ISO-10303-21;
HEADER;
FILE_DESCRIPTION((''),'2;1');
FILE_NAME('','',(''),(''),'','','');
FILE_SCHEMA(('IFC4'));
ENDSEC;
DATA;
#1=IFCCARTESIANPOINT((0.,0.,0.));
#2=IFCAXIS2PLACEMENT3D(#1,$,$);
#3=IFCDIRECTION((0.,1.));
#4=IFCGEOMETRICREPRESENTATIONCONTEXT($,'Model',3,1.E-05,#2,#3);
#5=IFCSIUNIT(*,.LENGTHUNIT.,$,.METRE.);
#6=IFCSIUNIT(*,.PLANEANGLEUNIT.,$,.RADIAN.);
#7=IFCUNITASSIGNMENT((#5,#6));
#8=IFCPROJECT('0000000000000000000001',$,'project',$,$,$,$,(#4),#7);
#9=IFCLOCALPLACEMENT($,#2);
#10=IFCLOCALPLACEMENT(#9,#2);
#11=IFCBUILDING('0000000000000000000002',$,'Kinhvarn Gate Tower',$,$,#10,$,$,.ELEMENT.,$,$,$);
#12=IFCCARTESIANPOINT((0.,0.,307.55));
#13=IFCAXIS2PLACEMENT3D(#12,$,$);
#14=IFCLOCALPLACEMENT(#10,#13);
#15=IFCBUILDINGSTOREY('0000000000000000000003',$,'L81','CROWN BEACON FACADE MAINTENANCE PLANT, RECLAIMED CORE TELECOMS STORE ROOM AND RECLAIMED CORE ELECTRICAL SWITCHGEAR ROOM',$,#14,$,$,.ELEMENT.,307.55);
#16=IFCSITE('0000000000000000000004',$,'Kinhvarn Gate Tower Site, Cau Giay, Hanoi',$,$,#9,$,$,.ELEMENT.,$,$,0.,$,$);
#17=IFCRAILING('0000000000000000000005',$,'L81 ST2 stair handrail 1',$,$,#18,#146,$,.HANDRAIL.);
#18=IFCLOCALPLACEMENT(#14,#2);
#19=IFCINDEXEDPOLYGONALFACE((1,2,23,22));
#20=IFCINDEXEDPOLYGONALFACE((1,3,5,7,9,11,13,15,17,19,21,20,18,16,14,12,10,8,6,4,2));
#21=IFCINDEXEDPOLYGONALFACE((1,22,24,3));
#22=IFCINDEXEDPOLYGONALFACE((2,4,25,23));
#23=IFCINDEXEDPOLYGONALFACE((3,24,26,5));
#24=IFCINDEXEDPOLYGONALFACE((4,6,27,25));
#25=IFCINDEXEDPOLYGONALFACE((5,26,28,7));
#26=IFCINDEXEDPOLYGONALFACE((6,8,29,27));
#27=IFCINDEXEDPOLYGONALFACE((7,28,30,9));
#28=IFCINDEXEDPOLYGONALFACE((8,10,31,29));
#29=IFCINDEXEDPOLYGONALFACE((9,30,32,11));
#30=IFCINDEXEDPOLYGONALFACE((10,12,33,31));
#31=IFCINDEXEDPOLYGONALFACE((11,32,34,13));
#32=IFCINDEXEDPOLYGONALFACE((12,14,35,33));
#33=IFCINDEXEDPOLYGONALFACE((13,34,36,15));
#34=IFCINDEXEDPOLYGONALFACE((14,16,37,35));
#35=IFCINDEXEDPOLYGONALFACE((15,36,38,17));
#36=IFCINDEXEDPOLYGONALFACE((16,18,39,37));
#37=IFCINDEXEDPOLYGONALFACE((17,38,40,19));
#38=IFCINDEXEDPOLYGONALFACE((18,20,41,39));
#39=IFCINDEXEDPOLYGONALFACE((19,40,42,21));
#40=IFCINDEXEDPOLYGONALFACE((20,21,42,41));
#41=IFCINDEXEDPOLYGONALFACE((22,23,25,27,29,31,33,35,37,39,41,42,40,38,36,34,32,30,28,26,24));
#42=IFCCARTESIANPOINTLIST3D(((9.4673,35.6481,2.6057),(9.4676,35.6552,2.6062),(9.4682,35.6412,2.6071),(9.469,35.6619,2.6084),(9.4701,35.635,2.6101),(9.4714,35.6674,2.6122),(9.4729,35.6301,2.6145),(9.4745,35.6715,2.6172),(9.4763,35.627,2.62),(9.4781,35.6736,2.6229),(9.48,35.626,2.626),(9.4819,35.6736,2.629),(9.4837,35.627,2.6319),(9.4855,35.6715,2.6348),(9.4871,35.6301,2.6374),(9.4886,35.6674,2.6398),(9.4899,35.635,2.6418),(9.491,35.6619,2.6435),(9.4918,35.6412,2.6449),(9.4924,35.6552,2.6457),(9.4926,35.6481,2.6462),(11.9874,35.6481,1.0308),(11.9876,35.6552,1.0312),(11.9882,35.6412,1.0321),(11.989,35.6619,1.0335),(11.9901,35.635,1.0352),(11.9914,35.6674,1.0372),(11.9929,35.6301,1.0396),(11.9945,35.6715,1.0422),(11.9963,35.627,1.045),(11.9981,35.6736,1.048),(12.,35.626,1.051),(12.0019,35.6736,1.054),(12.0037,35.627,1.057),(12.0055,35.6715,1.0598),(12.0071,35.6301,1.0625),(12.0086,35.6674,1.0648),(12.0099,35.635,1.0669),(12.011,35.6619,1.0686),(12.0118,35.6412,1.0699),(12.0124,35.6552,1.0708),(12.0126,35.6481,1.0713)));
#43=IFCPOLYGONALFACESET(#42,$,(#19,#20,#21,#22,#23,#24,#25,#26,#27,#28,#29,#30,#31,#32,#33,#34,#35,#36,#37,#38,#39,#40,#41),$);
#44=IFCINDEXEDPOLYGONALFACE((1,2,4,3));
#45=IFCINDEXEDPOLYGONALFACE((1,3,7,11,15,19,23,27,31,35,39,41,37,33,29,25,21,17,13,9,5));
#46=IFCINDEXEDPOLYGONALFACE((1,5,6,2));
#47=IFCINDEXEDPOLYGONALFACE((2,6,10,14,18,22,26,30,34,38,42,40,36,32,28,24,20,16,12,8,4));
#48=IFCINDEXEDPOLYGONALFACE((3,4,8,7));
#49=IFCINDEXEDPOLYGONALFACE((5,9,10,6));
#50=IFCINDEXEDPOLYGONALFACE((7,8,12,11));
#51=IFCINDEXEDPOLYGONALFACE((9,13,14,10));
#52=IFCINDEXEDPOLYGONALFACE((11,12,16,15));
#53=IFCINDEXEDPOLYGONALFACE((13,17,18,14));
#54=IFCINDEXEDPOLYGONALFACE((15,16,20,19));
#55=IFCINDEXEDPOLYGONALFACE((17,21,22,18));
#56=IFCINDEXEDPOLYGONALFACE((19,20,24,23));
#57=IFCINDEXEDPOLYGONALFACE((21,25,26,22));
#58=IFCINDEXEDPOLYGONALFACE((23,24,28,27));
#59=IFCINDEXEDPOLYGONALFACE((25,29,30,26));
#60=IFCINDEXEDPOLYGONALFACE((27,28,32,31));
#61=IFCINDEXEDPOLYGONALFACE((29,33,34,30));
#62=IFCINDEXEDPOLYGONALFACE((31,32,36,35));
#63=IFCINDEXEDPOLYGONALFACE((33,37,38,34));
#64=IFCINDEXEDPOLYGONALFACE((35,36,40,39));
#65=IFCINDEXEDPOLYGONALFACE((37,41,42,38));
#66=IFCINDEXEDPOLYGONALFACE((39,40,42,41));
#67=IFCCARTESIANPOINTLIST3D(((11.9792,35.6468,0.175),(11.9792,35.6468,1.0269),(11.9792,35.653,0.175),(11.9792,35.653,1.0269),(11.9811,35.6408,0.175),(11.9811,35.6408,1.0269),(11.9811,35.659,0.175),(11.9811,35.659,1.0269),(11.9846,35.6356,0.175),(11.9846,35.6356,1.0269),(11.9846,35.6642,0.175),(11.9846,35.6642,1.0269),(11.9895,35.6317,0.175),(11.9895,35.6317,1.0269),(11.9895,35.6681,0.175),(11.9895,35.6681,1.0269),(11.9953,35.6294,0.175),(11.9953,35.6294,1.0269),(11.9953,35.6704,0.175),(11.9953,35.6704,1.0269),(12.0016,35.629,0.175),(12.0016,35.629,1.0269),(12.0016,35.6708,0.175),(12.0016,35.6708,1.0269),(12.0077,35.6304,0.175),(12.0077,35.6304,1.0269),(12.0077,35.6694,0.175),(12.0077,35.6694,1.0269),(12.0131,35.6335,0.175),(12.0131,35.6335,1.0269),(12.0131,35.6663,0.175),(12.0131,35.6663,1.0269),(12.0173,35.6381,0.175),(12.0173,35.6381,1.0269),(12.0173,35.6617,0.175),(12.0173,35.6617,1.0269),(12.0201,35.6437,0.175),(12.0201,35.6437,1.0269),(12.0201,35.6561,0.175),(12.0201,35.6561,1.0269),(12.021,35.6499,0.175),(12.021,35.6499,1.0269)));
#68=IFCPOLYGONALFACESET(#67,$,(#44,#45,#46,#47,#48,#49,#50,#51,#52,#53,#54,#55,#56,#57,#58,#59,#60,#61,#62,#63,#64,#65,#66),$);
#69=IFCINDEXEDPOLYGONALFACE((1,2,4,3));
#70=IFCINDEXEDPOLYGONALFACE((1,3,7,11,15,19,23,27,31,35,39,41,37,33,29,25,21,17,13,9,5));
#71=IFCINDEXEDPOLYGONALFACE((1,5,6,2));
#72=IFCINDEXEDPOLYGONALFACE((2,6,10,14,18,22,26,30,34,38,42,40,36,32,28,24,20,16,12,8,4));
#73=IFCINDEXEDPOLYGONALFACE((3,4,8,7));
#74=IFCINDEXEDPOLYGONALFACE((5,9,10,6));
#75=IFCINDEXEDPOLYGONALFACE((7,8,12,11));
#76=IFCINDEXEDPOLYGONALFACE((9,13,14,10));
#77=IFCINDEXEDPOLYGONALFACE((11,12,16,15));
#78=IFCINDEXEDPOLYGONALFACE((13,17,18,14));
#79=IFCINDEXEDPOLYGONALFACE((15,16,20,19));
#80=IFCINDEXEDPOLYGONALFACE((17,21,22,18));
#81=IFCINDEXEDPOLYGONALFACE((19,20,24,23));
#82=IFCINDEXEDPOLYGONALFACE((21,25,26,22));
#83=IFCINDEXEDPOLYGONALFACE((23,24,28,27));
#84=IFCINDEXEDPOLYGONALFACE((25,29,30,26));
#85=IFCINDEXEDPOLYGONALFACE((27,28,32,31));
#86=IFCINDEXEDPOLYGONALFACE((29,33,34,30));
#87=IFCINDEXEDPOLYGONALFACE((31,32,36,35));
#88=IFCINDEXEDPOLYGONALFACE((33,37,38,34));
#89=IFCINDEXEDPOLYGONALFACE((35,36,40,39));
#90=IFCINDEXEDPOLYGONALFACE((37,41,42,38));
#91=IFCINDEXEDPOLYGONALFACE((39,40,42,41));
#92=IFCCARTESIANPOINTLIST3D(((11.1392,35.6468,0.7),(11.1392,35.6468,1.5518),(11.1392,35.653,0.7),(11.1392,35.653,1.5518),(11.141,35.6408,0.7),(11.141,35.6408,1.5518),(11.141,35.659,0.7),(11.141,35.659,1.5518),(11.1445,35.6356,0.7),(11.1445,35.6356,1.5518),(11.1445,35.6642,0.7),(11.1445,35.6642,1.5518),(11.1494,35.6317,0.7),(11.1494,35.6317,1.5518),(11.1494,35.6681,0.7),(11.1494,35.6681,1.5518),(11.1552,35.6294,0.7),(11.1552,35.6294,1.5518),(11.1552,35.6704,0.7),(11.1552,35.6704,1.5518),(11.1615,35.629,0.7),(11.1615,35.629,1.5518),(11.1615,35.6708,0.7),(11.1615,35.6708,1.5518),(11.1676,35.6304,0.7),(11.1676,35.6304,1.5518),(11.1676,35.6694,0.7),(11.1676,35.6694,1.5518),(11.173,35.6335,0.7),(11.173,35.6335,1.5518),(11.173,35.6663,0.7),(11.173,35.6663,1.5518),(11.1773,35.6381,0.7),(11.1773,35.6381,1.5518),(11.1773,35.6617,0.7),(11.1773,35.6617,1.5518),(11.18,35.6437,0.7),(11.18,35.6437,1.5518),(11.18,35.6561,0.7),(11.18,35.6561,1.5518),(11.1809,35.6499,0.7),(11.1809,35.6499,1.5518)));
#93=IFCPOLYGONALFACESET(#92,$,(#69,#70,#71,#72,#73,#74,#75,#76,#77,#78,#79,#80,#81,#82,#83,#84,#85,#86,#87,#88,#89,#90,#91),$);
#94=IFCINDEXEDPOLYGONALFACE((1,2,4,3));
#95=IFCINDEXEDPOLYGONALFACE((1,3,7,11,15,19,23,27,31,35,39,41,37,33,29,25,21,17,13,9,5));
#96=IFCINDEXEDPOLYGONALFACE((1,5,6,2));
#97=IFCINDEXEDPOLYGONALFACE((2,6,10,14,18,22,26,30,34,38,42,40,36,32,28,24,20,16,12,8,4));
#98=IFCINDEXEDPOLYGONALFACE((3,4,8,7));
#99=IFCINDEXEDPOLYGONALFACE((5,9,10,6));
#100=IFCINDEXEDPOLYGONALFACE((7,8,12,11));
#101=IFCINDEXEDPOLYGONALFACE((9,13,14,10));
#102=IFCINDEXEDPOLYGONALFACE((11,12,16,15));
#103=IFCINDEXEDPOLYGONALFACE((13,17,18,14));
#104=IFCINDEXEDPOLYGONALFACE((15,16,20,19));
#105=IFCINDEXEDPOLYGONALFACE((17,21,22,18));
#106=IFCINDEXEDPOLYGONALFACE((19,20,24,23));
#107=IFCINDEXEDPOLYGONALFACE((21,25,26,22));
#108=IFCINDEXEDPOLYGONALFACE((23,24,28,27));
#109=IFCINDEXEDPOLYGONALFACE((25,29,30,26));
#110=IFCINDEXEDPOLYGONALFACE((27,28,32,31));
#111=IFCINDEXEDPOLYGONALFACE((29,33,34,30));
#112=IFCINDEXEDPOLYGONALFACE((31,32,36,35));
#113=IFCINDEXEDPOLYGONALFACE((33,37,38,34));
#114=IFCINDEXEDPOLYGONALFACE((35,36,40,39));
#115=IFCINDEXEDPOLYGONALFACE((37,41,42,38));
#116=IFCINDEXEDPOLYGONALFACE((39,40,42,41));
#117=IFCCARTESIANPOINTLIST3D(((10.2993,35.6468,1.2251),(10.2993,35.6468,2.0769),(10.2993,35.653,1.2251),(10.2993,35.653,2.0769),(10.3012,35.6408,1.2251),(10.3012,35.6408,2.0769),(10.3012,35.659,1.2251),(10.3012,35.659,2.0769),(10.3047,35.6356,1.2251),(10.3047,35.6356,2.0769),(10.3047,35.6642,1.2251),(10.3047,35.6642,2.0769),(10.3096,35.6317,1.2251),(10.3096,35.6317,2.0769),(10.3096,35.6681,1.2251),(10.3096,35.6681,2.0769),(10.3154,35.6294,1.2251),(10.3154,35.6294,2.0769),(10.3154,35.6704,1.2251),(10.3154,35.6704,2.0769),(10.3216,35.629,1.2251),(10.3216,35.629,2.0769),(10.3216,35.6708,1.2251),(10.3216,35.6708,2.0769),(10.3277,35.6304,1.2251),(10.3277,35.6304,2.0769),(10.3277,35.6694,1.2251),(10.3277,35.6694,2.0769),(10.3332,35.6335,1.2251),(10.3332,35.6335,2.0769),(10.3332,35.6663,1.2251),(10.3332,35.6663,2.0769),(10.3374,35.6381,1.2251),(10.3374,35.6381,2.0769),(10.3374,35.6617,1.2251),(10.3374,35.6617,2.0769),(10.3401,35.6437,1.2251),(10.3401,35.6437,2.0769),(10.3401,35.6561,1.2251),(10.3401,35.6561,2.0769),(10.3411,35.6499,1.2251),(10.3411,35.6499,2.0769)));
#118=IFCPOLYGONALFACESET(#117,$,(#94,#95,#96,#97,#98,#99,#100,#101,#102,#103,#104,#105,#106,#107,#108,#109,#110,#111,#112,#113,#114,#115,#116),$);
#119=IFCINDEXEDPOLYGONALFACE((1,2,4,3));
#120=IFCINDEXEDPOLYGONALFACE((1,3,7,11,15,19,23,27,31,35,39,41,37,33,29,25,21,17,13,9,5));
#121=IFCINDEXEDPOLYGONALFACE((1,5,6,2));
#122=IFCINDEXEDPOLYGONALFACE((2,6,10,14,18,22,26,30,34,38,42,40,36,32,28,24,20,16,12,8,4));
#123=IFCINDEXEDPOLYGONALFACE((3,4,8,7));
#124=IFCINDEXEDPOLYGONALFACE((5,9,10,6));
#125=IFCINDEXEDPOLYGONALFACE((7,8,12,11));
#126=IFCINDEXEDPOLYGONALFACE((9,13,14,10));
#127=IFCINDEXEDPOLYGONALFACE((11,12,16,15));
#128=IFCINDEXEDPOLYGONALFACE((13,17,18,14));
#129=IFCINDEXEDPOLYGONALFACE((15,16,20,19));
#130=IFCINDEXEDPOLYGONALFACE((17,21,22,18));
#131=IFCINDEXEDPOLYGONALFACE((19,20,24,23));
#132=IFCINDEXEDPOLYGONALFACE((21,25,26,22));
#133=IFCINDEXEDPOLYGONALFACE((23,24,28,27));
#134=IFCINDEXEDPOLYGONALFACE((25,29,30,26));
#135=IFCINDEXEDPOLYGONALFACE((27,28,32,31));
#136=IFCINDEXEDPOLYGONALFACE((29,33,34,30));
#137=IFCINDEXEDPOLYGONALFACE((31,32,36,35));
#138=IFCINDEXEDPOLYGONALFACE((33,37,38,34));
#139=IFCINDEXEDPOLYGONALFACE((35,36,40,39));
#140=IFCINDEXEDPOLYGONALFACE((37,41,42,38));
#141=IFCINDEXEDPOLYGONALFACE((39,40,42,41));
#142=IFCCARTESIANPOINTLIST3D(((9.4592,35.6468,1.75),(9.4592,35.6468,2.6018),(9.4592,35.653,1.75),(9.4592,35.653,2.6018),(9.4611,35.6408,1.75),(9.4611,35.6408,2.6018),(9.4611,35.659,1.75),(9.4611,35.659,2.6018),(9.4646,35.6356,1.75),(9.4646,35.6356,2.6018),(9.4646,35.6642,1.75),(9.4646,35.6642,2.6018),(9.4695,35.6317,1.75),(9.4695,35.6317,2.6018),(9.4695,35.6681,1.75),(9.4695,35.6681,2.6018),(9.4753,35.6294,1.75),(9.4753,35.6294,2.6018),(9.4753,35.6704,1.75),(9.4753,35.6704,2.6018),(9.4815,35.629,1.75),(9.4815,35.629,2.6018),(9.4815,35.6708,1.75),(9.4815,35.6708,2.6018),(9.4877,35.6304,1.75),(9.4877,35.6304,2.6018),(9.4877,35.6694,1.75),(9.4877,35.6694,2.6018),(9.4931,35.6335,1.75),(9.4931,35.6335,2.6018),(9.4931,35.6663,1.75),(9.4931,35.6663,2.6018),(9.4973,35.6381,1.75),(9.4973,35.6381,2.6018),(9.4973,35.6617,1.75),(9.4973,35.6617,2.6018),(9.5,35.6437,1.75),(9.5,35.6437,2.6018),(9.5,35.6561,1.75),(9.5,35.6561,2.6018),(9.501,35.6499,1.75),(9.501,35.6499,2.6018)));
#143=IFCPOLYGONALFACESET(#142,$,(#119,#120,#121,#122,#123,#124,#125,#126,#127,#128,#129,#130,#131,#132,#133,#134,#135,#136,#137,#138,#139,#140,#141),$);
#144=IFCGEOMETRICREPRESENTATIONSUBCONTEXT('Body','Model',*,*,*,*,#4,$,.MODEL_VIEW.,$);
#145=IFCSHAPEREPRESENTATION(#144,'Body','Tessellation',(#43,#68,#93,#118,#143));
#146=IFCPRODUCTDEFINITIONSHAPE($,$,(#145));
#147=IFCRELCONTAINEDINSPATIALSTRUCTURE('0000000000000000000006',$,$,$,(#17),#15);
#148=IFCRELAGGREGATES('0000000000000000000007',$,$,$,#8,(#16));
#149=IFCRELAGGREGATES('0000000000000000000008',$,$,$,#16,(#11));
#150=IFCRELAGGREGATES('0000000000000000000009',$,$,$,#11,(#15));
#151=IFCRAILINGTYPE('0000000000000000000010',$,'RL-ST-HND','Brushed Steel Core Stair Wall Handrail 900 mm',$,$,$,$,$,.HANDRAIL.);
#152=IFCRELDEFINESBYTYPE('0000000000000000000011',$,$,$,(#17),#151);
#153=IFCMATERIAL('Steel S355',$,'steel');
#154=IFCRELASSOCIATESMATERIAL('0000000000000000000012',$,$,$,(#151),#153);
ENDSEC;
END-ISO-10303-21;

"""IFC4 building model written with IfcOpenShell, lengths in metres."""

from ifc_helpers import new_model, si_unit, direction, frame, origin, origin_2d, place, context, subcontext, project, spatial, circle, extrude, material, type_object, element, save


model = new_model("IFC4")

# Units and contexts
model_context = context("Model", 3, precision=1e-05, world=origin(), true_north=direction((0.0, 1.0)))
body_context = subcontext(model_context, "Body", "Model", "MODEL_VIEW")
ifc_project = project(units=[si_unit("LENGTHUNIT", "METRE"), si_unit("PLANEANGLEUNIT", "RADIAN")], contexts=[model_context])

# Site, building, storey
site_placement = place(None, origin())
site = spatial("IfcSite", under=ifc_project, at=site_placement, Name="Kinhvarn Gate Tower Site, Cau Giay, Hanoi", CompositionType="ELEMENT", RefElevation=0.0)
building_placement = place(site_placement, origin())
building = spatial("IfcBuilding", under=site, at=building_placement, Name="Kinhvarn Gate Tower", CompositionType="ELEMENT")
storey_placement = place(building_placement, frame((0.0, 0.0, 307.55)))
storey = spatial("IfcBuildingStorey", under=building, at=storey_placement, Name="L81", Description="CROWN BEACON FACADE MAINTENANCE PLANT, RECLAIMED CORE TELECOMS STORE ROOM AND RECLAIMED CORE ELECTRICAL SWITCHGEAR ROOM", CompositionType="ELEMENT", Elevation=307.55)

# Railing
ifc_material_1 = material(Name="Steel S355", Category="steel")
railing_type_1 = type_object("IfcRailingType", Name="RL-ST-HND", Description="Brushed Steel Core Stair Wall Handrail 900 mm", PredefinedType="HANDRAIL", material=ifc_material_1)
railing_1_placement = place(storey_placement, frame((12.0, 35.6499, 0.175)))
element("IfcRailing", 1, at=railing_1_placement, inside=storey, type_object=railing_type_1, Name="L81 ST2 stair handrail 1", PredefinedType="HANDRAIL", context=body_context, shape_type="SweptSolid", body=[
    extrude(circle(Radius=0.0239, at=origin_2d()), frame((0.0, 0.0, 0.876), z_axis=(-0.848008, 0.0, 0.529984), x_axis=(0.0, -1.0, 0.0)), (0.0, 0.0, 1.0), 2.9717),
    extrude(circle(Radius=0.021, at=origin_2d()), origin(), (0.0, 0.0, 1.0), 0.8518),
    extrude(circle(Radius=0.021, at=origin_2d()), frame((-0.8401, 0.0, 0.5249)), (0.0, 0.0, 1.0), 0.8518),
    extrude(circle(Radius=0.021, at=origin_2d()), frame((-1.6799, 0.0, 1.05)), (0.0, 0.0, 1.0), 0.8518),
    extrude(circle(Radius=0.021, at=origin_2d()), frame((-2.52, 0.0, 1.575)), (0.0, 0.0, 1.0), 0.8518),
])

save(model, "model.ifc")
